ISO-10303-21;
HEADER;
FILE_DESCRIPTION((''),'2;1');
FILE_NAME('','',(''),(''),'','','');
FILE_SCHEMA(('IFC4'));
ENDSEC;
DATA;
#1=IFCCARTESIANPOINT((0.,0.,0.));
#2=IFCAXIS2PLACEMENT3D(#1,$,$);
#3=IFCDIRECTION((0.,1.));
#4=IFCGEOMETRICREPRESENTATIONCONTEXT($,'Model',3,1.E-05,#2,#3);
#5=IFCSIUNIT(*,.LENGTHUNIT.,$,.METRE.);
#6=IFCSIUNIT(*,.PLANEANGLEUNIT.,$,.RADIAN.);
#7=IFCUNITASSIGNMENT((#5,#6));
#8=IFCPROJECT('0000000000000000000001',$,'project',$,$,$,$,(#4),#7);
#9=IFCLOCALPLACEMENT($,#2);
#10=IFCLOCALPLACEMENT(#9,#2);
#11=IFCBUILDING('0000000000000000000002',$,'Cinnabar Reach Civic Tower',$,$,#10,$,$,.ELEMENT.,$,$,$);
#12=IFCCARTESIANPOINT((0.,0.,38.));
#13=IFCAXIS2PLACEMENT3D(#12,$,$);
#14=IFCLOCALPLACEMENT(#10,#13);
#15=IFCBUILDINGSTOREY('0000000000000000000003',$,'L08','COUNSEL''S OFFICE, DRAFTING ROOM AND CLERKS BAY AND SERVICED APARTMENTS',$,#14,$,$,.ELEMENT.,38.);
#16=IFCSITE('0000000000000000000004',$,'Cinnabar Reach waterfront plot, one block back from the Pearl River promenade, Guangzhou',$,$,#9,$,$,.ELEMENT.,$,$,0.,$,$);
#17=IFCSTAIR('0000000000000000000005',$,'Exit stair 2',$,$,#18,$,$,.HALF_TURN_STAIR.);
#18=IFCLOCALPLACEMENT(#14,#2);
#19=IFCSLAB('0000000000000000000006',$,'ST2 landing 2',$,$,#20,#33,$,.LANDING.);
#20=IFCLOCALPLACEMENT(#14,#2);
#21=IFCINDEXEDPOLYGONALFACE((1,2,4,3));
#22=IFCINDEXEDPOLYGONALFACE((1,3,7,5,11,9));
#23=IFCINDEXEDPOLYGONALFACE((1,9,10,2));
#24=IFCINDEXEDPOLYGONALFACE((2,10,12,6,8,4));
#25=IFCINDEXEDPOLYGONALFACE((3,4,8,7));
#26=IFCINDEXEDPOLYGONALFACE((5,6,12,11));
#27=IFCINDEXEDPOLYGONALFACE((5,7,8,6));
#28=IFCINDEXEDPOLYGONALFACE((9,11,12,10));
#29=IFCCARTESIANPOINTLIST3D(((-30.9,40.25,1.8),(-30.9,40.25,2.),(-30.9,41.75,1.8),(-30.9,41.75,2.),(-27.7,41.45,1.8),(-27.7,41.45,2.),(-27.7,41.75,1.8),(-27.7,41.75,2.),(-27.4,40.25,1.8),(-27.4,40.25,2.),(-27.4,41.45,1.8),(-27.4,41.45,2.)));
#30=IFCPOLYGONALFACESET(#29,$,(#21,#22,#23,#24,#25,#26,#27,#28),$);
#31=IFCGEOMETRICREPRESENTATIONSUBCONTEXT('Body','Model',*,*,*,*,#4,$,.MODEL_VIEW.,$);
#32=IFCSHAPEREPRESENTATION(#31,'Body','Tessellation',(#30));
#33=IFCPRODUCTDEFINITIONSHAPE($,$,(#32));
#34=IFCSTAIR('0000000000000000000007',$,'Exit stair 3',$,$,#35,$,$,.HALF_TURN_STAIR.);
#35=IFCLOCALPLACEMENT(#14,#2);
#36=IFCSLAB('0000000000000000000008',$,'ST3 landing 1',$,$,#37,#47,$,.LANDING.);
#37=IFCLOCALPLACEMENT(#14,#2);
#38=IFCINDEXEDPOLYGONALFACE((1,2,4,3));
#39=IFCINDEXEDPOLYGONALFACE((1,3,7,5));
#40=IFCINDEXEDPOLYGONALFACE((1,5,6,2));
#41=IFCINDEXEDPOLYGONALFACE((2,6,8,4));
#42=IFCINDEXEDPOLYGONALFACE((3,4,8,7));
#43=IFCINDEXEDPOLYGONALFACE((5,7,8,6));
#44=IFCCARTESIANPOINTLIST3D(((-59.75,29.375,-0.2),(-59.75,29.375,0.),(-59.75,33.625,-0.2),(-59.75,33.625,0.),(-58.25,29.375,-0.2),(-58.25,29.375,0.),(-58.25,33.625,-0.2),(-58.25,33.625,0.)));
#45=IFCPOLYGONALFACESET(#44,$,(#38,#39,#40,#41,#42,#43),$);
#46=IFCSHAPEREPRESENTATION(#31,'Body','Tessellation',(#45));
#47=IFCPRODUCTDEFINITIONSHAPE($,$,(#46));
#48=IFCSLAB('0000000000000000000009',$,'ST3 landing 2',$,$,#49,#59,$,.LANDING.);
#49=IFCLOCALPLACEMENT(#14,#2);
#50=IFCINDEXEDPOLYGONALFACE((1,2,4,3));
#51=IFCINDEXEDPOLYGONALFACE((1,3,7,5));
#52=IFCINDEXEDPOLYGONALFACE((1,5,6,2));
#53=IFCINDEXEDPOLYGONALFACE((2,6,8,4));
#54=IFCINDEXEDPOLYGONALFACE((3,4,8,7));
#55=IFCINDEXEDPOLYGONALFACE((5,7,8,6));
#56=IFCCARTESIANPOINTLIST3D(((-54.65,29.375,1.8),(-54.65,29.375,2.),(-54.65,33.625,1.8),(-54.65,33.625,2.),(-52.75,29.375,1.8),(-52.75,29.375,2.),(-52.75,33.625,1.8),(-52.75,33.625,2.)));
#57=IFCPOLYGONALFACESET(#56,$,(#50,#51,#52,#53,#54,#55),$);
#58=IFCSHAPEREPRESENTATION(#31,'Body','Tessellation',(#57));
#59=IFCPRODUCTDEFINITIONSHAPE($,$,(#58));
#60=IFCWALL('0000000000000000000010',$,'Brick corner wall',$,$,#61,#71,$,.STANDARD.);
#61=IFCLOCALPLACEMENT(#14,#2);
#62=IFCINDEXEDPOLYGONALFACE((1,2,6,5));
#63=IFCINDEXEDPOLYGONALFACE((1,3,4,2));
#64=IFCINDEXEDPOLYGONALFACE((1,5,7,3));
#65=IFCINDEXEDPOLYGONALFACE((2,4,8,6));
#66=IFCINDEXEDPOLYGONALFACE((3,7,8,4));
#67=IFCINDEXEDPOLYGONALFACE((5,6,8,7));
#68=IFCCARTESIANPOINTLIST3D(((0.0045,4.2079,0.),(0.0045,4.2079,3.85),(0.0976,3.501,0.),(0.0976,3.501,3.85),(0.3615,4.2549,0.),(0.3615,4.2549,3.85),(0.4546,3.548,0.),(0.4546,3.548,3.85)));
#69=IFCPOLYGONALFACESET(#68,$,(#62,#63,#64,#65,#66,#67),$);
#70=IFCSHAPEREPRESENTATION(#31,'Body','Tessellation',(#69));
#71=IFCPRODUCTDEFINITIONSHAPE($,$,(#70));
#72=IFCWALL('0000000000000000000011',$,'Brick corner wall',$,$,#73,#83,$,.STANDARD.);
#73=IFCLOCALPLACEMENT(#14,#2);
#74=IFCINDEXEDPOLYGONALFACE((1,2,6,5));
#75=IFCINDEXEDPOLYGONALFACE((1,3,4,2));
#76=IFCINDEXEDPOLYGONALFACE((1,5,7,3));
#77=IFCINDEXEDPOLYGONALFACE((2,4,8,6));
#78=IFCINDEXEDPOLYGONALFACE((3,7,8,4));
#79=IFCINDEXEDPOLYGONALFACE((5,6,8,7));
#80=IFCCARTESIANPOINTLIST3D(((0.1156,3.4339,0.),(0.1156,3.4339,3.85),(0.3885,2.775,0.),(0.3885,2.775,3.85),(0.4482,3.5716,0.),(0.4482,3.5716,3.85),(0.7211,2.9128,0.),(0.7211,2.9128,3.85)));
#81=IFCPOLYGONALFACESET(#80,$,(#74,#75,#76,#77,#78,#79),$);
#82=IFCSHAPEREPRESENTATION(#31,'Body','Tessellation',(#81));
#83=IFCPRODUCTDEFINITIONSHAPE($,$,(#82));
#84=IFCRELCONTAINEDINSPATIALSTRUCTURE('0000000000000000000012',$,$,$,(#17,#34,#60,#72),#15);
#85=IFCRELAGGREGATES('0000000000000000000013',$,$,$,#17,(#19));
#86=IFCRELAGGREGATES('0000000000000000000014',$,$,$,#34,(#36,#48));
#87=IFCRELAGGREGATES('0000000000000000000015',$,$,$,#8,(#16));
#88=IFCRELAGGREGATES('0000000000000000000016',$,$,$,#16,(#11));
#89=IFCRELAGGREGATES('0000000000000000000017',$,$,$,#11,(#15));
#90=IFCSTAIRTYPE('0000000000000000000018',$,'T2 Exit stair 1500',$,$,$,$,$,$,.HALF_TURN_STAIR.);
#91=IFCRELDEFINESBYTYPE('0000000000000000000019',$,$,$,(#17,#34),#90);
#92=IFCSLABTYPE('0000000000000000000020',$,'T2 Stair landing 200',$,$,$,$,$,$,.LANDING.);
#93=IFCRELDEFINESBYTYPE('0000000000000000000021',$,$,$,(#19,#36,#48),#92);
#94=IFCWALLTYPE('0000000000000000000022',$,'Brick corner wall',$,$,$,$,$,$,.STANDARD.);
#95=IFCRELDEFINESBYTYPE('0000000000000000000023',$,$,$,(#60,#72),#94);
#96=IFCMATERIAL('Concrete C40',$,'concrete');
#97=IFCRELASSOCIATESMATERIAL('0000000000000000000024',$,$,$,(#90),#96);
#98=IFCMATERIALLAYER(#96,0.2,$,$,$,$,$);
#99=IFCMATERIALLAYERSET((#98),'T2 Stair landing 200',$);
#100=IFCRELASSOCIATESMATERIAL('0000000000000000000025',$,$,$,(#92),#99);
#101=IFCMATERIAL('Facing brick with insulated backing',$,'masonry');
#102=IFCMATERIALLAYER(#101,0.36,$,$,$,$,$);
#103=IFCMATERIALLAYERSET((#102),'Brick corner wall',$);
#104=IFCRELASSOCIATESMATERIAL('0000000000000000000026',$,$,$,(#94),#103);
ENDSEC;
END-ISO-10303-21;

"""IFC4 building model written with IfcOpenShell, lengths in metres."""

from ifc_helpers import new_model, si_unit, direction, frame, frame_2d, origin, place, context, subcontext, project, spatial, polyline, rectangle, outline, extrude, material, layer, layer_set, type_object, element, aggregate, save


model = new_model("IFC4")

# Units and contexts
model_context = context("Model", 3, precision=1e-05, world=origin(), true_north=direction((0.0, 1.0)))
body_context = subcontext(model_context, "Body", "Model", "MODEL_VIEW")
ifc_project = project(units=[si_unit("LENGTHUNIT", "METRE"), si_unit("PLANEANGLEUNIT", "RADIAN")], contexts=[model_context])

# Site, building, storey
site_placement = place(None, origin())
site = spatial("IfcSite", under=ifc_project, at=site_placement, Name="Cinnabar Reach waterfront plot, one block back from the Pearl River promenade, Guangzhou", CompositionType="ELEMENT", RefElevation=0.0)
building_placement = place(site_placement, origin())
building = spatial("IfcBuilding", under=site, at=building_placement, Name="Cinnabar Reach Civic Tower", CompositionType="ELEMENT")
storey_placement = place(building_placement, frame((0.0, 0.0, 38.0)))
storey = spatial("IfcBuildingStorey", under=building, at=storey_placement, Name="L08", Description="COUNSEL'S OFFICE, DRAFTING ROOM AND CLERKS BAY AND SERVICED APARTMENTS", CompositionType="ELEMENT", Elevation=38.0)

# Shared definitions
ifc_material_1 = material(Name="Concrete C40", Category="concrete")

# Stairs, slabs
stair_type_1 = type_object("IfcStairType", Name="T2 Exit stair 1500", PredefinedType="HALF_TURN_STAIR", material=ifc_material_1)
ifc_layer_1 = layer(ifc_material_1, 0.2)
ifc_layer_set_1 = layer_set([ifc_layer_1], Name="T2 Stair landing 200")
slab_type_1 = type_object("IfcSlabType", Name="T2 Stair landing 200", PredefinedType="LANDING", material=ifc_layer_set_1)
stair_1_placement = place(storey_placement, origin())
stair_1 = element("IfcStair", 1, at=stair_1_placement, inside=storey, type_object=stair_type_1, Name="Exit stair 2", PredefinedType="HALF_TURN_STAIR")
slab_1_placement = place(storey_placement, frame((0.0, 0.0, 1.8)))
slab_1 = element("IfcSlab", 2, at=slab_1_placement, type_object=slab_type_1, Name="ST2 landing 2", PredefinedType="LANDING", context=body_context, shape_type="SweptSolid", body=[
    extrude(outline(polyline([(-27.4, 40.25), (-30.9, 40.25), (-30.9, 41.75), (-27.7, 41.75), (-27.7, 41.45), (-27.4, 41.45), (-27.4, 40.25)])), origin(), (0.0, 0.0, 1.0), 0.2),
])
aggregate(stair_1, [slab_1])
stair_2_placement = place(storey_placement, origin())
stair_2 = element("IfcStair", 3, at=stair_2_placement, inside=storey, type_object=stair_type_1, Name="Exit stair 3", PredefinedType="HALF_TURN_STAIR")
slab_2_placement = place(storey_placement, frame((0.0, 0.0, -0.2)))
slab_2 = element("IfcSlab", 4, at=slab_2_placement, type_object=slab_type_1, Name="ST3 landing 1", PredefinedType="LANDING", context=body_context, shape_type="SweptSolid", body=[
    extrude(outline(polyline([(-59.75, 29.375), (-59.75, 33.625), (-58.25, 33.625), (-58.25, 29.375), (-59.75, 29.375)])), origin(), (0.0, 0.0, 1.0), 0.2),
])
slab_3_placement = place(storey_placement, frame((0.0, 0.0, 1.8)))
slab_3 = element("IfcSlab", 5, at=slab_3_placement, type_object=slab_type_1, Name="ST3 landing 2", PredefinedType="LANDING", context=body_context, shape_type="SweptSolid", body=[
    extrude(outline(polyline([(-54.65, 29.375), (-54.65, 33.625), (-52.75, 33.625), (-52.75, 29.375), (-54.65, 29.375)])), origin(), (0.0, 0.0, 1.0), 0.2),
])
aggregate(stair_2, [slab_2, slab_3])

# Walls
ifc_material_2 = material(Name="Facing brick with insulated backing", Category="masonry")
ifc_layer_2 = layer(ifc_material_2, 0.36)
ifc_layer_set_2 = layer_set([ifc_layer_2], Name="Brick corner wall")
wall_type = type_object("IfcWallType", Name="Brick corner wall", PredefinedType="STANDARD", material=ifc_layer_set_2)
for number, where, z_axis, x_axis, name in (
    (6, (0.183, 4.2314, 0.0), (0.0, 0.0, 1.0), (0.130556, -0.991441, 0.0), "Brick corner wall"),
    (7, (0.2819, 3.5027, 0.0), (0.0, 0.0, 1.0), (0.382703, -0.923872, 0.0), "Brick corner wall"),
):
    element("IfcWall", number, at=place(storey_placement, frame(where, z_axis=z_axis, x_axis=x_axis)), inside=storey, type_object=wall_type, Name=name, PredefinedType="STANDARD", context=body_context, shape_type="SweptSolid", body=[
        extrude(rectangle(XDim=0.7131, YDim=0.36, at=frame_2d((0.3565, 0.0))), origin(), (0.0, 0.0, 1.0), 3.85),
    ])

save(model, "model.ifc")
